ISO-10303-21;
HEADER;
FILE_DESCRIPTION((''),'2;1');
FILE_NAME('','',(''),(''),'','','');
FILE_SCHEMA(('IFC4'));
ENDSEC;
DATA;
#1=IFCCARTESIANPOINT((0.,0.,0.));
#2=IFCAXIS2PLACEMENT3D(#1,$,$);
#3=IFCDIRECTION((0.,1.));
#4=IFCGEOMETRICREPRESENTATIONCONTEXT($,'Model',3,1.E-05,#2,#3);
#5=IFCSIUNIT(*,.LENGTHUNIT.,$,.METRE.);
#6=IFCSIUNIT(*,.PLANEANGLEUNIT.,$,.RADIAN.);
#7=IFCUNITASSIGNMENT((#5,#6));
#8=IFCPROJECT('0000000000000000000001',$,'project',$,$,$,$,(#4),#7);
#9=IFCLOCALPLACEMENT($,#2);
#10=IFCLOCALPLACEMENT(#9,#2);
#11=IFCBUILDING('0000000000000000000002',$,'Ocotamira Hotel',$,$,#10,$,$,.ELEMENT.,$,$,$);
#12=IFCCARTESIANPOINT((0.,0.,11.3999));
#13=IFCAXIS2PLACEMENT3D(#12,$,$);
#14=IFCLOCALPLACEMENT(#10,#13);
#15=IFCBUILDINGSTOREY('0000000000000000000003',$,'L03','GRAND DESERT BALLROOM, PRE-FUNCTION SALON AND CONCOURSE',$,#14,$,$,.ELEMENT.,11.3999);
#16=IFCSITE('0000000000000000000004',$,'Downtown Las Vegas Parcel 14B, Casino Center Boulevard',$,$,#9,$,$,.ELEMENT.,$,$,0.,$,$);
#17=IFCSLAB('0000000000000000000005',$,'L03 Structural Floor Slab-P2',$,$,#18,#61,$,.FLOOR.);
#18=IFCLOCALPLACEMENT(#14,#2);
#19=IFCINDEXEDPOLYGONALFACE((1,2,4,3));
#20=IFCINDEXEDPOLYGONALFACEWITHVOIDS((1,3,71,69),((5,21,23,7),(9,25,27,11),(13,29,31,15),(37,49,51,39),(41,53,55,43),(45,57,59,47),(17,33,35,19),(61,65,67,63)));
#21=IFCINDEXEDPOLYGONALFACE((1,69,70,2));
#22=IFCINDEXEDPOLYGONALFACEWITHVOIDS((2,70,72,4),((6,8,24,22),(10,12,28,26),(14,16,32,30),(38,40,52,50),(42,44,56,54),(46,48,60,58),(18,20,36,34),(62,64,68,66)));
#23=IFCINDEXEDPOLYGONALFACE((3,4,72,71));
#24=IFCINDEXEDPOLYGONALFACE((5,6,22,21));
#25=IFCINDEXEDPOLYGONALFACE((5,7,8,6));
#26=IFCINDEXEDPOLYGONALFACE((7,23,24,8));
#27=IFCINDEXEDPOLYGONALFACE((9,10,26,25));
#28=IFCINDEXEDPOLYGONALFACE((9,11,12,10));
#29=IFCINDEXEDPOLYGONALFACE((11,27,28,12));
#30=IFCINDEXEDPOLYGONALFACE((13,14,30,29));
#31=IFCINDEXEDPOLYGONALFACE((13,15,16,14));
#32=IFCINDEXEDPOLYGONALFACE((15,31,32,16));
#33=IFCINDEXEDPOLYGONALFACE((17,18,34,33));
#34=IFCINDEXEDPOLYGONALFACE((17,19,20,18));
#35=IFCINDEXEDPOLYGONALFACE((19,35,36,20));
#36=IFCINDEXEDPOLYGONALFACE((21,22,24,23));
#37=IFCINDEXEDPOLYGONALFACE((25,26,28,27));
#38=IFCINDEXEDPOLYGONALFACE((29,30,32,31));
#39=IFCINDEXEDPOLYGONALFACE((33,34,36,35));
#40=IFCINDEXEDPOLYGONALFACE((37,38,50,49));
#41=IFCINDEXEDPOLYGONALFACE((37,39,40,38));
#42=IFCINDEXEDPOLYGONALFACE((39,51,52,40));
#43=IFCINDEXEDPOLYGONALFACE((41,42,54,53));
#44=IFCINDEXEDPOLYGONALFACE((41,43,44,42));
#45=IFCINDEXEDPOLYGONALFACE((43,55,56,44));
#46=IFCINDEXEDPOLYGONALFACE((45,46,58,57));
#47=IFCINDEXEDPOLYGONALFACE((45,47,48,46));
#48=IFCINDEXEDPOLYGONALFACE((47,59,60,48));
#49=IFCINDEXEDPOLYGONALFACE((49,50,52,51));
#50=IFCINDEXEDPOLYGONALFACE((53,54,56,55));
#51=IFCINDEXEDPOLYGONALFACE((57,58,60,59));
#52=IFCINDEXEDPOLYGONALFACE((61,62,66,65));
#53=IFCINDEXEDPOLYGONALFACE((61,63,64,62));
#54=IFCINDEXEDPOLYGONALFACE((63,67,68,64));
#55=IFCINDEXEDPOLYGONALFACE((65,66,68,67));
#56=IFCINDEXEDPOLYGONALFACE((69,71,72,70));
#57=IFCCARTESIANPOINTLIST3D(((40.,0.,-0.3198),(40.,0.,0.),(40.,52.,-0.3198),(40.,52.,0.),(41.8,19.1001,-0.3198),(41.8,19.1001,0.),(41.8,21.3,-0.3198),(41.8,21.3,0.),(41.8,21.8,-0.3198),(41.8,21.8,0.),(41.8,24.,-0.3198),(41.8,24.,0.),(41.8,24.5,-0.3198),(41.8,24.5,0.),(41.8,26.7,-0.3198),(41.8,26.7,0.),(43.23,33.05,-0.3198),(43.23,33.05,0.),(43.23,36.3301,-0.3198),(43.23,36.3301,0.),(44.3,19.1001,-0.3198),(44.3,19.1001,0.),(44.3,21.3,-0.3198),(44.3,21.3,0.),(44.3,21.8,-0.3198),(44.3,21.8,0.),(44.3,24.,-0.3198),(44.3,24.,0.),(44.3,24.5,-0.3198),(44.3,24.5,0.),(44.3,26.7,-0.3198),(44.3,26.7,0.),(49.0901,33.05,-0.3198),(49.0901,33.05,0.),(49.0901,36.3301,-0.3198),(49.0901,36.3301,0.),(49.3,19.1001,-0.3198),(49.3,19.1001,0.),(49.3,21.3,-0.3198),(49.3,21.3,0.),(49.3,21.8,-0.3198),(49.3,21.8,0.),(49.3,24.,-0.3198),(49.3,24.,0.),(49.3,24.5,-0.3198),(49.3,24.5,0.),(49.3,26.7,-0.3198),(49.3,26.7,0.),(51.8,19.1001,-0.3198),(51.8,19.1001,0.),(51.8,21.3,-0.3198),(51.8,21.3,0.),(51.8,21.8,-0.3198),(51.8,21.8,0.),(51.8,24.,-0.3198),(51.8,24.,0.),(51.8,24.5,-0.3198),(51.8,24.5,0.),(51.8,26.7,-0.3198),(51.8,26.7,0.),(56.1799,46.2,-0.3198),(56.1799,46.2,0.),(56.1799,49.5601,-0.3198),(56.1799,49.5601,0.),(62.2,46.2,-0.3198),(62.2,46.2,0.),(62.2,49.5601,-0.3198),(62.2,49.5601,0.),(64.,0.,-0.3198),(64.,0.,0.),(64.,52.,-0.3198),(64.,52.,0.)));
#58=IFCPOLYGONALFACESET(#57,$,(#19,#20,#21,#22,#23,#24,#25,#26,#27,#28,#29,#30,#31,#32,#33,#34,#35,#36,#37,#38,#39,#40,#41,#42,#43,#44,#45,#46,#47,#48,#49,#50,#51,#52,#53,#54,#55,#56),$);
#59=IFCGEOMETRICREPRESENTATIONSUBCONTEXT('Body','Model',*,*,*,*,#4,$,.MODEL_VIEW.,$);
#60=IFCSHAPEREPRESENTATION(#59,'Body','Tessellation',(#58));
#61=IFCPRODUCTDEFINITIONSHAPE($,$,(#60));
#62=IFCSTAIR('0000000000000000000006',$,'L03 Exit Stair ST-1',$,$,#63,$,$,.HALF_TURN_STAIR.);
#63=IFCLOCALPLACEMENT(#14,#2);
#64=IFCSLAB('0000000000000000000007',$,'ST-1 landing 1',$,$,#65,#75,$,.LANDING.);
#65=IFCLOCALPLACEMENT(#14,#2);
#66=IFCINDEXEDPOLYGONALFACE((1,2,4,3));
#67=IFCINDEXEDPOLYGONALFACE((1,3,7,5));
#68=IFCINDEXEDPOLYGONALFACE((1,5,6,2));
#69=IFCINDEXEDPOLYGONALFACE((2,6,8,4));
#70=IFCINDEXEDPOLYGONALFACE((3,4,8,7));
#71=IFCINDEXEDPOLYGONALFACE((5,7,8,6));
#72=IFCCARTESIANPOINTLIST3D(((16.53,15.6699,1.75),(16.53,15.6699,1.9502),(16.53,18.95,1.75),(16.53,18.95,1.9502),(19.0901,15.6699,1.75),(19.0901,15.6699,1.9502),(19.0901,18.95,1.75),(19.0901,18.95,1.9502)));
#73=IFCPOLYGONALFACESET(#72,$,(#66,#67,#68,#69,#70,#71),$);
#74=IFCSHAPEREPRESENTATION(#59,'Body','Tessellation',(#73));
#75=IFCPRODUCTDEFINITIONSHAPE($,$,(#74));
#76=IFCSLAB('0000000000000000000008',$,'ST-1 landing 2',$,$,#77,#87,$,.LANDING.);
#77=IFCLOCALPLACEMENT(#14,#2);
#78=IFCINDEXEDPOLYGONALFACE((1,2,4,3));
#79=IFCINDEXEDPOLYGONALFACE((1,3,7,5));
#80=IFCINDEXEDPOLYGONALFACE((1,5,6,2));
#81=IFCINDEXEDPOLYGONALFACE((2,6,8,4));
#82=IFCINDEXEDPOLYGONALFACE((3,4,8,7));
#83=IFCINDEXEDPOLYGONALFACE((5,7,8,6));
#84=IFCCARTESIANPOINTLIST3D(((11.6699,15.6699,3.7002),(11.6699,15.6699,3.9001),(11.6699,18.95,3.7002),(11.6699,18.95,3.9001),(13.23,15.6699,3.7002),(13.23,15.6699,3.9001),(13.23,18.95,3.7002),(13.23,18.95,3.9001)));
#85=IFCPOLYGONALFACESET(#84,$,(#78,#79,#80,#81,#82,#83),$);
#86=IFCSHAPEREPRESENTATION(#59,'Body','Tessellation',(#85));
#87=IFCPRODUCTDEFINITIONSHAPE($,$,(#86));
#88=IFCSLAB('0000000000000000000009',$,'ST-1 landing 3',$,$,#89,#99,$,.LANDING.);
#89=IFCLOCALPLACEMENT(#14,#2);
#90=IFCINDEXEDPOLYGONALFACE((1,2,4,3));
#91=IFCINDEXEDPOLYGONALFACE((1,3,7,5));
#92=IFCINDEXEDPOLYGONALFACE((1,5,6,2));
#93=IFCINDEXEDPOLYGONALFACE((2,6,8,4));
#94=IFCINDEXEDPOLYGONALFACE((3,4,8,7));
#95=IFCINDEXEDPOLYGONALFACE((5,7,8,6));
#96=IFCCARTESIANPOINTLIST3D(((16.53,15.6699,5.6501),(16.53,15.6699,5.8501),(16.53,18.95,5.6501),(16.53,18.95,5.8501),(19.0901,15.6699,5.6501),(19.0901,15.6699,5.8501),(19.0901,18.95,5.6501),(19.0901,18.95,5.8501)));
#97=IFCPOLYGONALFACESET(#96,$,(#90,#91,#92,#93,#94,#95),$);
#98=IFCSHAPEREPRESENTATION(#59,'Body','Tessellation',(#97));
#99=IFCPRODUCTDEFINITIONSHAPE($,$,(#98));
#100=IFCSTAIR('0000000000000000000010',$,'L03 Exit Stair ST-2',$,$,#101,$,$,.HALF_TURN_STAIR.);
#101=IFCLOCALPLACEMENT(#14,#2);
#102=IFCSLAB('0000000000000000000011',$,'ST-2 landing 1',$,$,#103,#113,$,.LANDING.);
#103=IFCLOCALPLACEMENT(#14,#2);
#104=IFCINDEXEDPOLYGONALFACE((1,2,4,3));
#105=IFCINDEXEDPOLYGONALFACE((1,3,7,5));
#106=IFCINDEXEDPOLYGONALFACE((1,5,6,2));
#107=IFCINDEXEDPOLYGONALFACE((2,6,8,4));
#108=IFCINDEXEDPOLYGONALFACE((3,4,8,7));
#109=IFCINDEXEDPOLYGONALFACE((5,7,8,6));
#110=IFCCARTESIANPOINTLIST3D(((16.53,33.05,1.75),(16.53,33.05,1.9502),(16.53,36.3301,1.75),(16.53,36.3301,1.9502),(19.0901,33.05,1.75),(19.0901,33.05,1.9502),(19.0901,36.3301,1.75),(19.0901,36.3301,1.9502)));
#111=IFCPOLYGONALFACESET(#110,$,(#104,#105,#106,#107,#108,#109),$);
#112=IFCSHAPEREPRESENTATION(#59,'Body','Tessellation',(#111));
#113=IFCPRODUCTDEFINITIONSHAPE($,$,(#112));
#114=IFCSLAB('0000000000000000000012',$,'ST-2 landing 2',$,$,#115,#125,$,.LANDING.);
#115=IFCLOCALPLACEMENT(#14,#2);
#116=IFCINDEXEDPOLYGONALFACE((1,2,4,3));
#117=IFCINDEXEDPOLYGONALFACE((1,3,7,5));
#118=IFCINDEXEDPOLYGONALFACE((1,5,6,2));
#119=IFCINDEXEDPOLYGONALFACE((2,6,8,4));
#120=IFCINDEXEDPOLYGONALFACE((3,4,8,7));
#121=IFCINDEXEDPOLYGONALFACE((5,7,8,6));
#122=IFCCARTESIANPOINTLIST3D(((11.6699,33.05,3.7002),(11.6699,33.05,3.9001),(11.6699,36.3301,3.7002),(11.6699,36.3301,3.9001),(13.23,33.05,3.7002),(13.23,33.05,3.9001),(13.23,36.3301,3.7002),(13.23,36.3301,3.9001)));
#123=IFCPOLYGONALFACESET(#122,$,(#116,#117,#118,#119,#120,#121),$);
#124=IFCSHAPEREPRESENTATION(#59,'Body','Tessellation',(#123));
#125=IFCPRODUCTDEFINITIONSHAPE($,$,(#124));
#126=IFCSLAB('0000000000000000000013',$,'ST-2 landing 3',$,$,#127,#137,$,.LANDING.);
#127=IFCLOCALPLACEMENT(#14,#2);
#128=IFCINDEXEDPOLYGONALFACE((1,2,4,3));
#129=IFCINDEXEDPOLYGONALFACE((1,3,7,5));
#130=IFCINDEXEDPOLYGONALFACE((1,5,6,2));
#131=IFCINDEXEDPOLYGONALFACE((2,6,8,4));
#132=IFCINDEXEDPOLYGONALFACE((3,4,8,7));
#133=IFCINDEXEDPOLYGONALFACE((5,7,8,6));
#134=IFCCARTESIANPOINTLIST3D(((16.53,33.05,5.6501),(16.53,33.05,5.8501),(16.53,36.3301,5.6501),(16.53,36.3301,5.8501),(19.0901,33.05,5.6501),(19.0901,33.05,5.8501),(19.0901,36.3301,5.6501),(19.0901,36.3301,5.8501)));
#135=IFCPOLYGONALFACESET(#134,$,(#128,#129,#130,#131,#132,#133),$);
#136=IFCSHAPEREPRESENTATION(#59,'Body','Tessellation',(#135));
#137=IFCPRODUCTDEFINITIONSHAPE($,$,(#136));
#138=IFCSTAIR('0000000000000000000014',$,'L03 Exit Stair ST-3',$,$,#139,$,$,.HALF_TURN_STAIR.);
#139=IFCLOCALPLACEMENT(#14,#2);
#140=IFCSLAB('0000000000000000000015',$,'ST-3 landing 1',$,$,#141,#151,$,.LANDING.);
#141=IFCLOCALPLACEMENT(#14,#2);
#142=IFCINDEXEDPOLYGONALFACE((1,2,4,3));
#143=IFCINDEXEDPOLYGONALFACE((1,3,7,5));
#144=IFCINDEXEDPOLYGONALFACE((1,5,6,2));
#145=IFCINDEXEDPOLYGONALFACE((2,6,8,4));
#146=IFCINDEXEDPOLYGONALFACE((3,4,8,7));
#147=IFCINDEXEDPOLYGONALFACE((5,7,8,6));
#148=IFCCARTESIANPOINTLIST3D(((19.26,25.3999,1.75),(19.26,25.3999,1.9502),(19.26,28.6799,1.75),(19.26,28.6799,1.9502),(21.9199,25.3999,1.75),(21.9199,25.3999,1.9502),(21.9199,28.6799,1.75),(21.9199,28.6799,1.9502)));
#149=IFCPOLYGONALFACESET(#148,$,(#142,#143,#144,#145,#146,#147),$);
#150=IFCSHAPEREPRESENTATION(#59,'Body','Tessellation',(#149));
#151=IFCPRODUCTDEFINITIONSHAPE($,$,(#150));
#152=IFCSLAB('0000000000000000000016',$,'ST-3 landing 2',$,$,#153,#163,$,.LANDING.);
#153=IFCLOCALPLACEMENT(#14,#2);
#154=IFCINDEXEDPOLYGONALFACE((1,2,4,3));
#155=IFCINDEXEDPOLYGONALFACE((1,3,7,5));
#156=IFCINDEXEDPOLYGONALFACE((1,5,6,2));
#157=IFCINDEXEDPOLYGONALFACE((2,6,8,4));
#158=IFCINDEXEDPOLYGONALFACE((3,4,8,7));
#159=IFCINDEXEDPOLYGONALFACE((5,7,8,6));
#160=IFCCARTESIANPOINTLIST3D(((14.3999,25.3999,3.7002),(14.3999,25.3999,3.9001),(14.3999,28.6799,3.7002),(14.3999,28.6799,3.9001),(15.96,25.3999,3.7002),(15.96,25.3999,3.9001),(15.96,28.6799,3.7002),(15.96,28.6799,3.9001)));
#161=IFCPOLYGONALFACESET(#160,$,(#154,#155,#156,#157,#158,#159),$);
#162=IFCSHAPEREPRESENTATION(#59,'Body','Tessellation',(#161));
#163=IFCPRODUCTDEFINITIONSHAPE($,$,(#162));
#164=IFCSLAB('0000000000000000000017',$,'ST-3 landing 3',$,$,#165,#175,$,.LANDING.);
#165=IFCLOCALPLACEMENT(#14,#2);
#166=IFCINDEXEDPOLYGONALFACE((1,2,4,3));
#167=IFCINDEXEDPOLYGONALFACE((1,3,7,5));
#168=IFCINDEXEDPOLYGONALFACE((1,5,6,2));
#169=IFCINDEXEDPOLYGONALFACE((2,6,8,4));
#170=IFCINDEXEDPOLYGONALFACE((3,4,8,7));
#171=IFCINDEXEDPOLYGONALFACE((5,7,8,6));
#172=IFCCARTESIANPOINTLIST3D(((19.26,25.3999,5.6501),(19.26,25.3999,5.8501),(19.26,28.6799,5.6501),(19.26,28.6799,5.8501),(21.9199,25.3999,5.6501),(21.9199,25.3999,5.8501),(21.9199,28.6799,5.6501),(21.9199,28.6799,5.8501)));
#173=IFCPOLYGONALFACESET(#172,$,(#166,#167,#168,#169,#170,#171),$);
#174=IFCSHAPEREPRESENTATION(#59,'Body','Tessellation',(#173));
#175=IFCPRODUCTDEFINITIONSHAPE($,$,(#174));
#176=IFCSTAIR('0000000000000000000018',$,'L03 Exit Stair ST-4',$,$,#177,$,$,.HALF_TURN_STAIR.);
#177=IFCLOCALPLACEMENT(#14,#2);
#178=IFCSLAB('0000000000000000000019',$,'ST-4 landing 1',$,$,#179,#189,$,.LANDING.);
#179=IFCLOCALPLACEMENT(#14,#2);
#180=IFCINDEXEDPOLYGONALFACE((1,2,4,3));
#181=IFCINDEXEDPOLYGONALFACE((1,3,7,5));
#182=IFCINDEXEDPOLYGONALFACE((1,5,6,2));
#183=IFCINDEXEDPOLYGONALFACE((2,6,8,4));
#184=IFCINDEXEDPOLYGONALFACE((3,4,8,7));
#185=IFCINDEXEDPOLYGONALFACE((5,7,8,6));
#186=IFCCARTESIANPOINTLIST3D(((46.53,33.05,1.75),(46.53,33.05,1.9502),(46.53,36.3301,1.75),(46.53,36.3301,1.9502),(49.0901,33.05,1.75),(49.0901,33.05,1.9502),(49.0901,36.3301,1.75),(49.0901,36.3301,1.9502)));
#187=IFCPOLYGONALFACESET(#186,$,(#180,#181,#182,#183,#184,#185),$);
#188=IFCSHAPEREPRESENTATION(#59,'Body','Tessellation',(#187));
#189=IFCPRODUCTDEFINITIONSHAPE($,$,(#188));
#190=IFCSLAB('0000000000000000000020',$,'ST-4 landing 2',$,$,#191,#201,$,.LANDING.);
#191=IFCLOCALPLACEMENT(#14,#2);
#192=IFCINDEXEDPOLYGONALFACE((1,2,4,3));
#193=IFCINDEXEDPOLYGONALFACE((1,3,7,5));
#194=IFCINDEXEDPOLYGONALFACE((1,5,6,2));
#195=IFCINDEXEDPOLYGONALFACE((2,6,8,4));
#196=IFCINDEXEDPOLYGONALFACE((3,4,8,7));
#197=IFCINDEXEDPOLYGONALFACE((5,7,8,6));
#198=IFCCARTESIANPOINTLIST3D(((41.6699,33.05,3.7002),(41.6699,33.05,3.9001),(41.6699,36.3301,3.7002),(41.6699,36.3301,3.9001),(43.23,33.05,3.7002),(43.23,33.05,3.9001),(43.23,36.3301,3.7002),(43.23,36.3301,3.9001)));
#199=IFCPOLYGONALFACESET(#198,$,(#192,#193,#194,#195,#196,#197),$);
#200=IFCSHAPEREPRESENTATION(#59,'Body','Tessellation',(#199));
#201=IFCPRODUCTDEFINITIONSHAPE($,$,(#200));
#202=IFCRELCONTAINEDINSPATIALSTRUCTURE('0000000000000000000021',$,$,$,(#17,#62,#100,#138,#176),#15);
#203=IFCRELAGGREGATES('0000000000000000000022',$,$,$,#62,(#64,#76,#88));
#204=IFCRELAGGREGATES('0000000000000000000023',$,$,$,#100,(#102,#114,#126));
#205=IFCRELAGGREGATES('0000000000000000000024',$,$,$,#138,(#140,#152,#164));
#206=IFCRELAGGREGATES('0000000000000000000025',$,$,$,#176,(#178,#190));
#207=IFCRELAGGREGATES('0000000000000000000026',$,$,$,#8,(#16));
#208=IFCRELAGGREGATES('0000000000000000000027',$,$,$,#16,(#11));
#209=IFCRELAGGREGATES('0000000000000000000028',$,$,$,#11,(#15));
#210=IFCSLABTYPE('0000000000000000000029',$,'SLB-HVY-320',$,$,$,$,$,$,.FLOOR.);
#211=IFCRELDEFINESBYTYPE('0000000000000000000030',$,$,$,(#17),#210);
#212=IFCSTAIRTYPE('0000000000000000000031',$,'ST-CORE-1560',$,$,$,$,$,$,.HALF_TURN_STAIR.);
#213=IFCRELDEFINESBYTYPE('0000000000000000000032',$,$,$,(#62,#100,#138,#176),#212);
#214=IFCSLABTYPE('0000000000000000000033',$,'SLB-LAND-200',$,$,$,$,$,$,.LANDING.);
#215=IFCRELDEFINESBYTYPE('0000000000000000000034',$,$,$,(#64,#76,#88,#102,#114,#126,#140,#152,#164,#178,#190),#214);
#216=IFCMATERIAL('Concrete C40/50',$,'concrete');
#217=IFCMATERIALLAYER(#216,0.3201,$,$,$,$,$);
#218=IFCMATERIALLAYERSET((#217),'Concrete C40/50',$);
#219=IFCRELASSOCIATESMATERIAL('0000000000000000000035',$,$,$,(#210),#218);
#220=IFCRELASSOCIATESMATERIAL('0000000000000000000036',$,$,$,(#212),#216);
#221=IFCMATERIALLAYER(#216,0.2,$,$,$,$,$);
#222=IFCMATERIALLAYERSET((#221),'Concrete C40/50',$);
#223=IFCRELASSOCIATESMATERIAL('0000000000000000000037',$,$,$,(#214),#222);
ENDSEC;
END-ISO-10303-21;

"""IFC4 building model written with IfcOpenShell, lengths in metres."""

from ifc_helpers import new_model, si_unit, direction, frame, origin, place, context, subcontext, project, spatial, polyline, outline, extrude, material, layer, layer_set, type_object, element, aggregate, save


model = new_model("IFC4")

# Units and contexts
model_context = context("Model", 3, precision=1e-05, world=origin(), true_north=direction((0.0, 1.0)))
body_context = subcontext(model_context, "Body", "Model", "MODEL_VIEW")
ifc_project = project(units=[si_unit("LENGTHUNIT", "METRE"), si_unit("PLANEANGLEUNIT", "RADIAN")], contexts=[model_context])

# Site, building, storey
site_placement = place(None, origin())
site = spatial("IfcSite", under=ifc_project, at=site_placement, Name="Downtown Las Vegas Parcel 14B, Casino Center Boulevard", CompositionType="ELEMENT", RefElevation=0.0)
building_placement = place(site_placement, origin())
building = spatial("IfcBuilding", under=site, at=building_placement, Name="Ocotamira Hotel", CompositionType="ELEMENT")
storey_placement = place(building_placement, frame((0.0, 0.0, 11.3999)))
storey = spatial("IfcBuildingStorey", under=building, at=storey_placement, Name="L03", Description="GRAND DESERT BALLROOM, PRE-FUNCTION SALON AND CONCOURSE", CompositionType="ELEMENT", Elevation=11.3999)

# Slab
ifc_material_1 = material(Name="Concrete C40/50", Category="concrete")
ifc_layer_1 = layer(ifc_material_1, 0.3201)
ifc_layer_set_1 = layer_set([ifc_layer_1], Name="Concrete C40/50")
slab_type_1 = type_object("IfcSlabType", Name="SLB-HVY-320", PredefinedType="FLOOR", material=ifc_layer_set_1)
slab_1_placement = place(storey_placement, frame((0.0, 0.0, -0.3198)))
element("IfcSlab", 1, at=slab_1_placement, inside=storey, type_object=slab_type_1, Name="L03 Structural Floor Slab-P2", PredefinedType="FLOOR", context=body_context, shape_type="SweptSolid", body=[
    extrude(outline(polyline([(40.0, 0.0), (64.0, 0.0), (64.0, 52.0), (40.0, 52.0), (40.0, 0.0)]), holes=[polyline([(43.23, 33.05), (49.0901, 33.05), (49.0901, 36.3301), (43.23, 36.3301), (43.23, 33.05)]), polyline([(56.1799, 46.2), (62.2, 46.2), (62.2, 49.5601), (56.1799, 49.5601), (56.1799, 46.2)]), polyline([(49.3, 19.1001), (51.8, 19.1001), (51.8, 21.3), (49.3, 21.3), (49.3, 19.1001)]), polyline([(49.3, 21.8), (51.8, 21.8), (51.8, 24.0), (49.3, 24.0), (49.3, 21.8)]), polyline([(49.3, 24.5), (51.8, 24.5), (51.8, 26.7), (49.3, 26.7), (49.3, 24.5)]), polyline([(41.8, 19.1001), (44.3, 19.1001), (44.3, 21.3), (41.8, 21.3), (41.8, 19.1001)]), polyline([(41.8, 21.8), (44.3, 21.8), (44.3, 24.0), (41.8, 24.0), (41.8, 21.8)]), polyline([(41.8, 24.5), (44.3, 24.5), (44.3, 26.7), (41.8, 26.7), (41.8, 24.5)])]), origin(), (0.0, 0.0, 1.0), 0.3198),
])

# Stairs, slabs
stair_type_1 = type_object("IfcStairType", Name="ST-CORE-1560", PredefinedType="HALF_TURN_STAIR", material=ifc_material_1)
stair_1_placement = place(storey_placement, origin())
stair_1 = element("IfcStair", 2, at=stair_1_placement, inside=storey, type_object=stair_type_1, Name="L03 Exit Stair ST-1", PredefinedType="HALF_TURN_STAIR")
ifc_layer_2 = layer(ifc_material_1, 0.2)
ifc_layer_set_2 = layer_set([ifc_layer_2], Name="Concrete C40/50")
slab_type_2 = type_object("IfcSlabType", Name="SLB-LAND-200", PredefinedType="LANDING", material=ifc_layer_set_2)
slab_2_placement = place(storey_placement, frame((0.0, 0.0, 1.75)))
slab_2 = element("IfcSlab", 3, at=slab_2_placement, type_object=slab_type_2, Name="ST-1 landing 1", PredefinedType="LANDING", context=body_context, shape_type="SweptSolid", body=[
    extrude(outline(polyline([(16.53, 15.6699), (19.0901, 15.6699), (19.0901, 18.95), (16.53, 18.95), (16.53, 15.6699)])), origin(), (0.0, 0.0, 1.0), 0.2002),
])
slab_3_placement = place(storey_placement, frame((0.0, 0.0, 3.7002)))
slab_3 = element("IfcSlab", 4, at=slab_3_placement, type_object=slab_type_2, Name="ST-1 landing 2", PredefinedType="LANDING", context=body_context, shape_type="SweptSolid", body=[
    extrude(outline(polyline([(11.6699, 15.6699), (13.23, 15.6699), (13.23, 18.95), (11.6699, 18.95), (11.6699, 15.6699)])), origin(), (0.0, 0.0, 1.0), 0.2),
])
slab_4_placement = place(storey_placement, frame((0.0, 0.0, 5.6501)))
slab_4 = element("IfcSlab", 5, at=slab_4_placement, type_object=slab_type_2, Name="ST-1 landing 3", PredefinedType="LANDING", context=body_context, shape_type="SweptSolid", body=[
    extrude(outline(polyline([(16.53, 15.6699), (19.0901, 15.6699), (19.0901, 18.95), (16.53, 18.95), (16.53, 15.6699)])), origin(), (0.0, 0.0, 1.0), 0.2),
])
aggregate(stair_1, [slab_2, slab_3, slab_4])
stair_2_placement = place(storey_placement, origin())
stair_2 = element("IfcStair", 6, at=stair_2_placement, inside=storey, type_object=stair_type_1, Name="L03 Exit Stair ST-2", PredefinedType="HALF_TURN_STAIR")
slab_5_placement = place(storey_placement, frame((0.0, 0.0, 1.75)))
slab_5 = element("IfcSlab", 7, at=slab_5_placement, type_object=slab_type_2, Name="ST-2 landing 1", PredefinedType="LANDING", context=body_context, shape_type="SweptSolid", body=[
    extrude(outline(polyline([(16.53, 33.05), (19.0901, 33.05), (19.0901, 36.3301), (16.53, 36.3301), (16.53, 33.05)])), origin(), (0.0, 0.0, 1.0), 0.2002),
])
slab_6_placement = place(storey_placement, frame((0.0, 0.0, 3.7002)))
slab_6 = element("IfcSlab", 8, at=slab_6_placement, type_object=slab_type_2, Name="ST-2 landing 2", PredefinedType="LANDING", context=body_context, shape_type="SweptSolid", body=[
    extrude(outline(polyline([(11.6699, 33.05), (13.23, 33.05), (13.23, 36.3301), (11.6699, 36.3301), (11.6699, 33.05)])), origin(), (0.0, 0.0, 1.0), 0.2),
])
slab_7_placement = place(storey_placement, frame((0.0, 0.0, 5.6501)))
slab_7 = element("IfcSlab", 9, at=slab_7_placement, type_object=slab_type_2, Name="ST-2 landing 3", PredefinedType="LANDING", context=body_context, shape_type="SweptSolid", body=[
    extrude(outline(polyline([(16.53, 33.05), (19.0901, 33.05), (19.0901, 36.3301), (16.53, 36.3301), (16.53, 33.05)])), origin(), (0.0, 0.0, 1.0), 0.2),
])
aggregate(stair_2, [slab_5, slab_6, slab_7])
stair_3_placement = place(storey_placement, origin())
stair_3 = element("IfcStair", 10, at=stair_3_placement, inside=storey, type_object=stair_type_1, Name="L03 Exit Stair ST-3", PredefinedType="HALF_TURN_STAIR")
slab_8_placement = place(storey_placement, frame((0.0, 0.0, 1.75)))
slab_8 = element("IfcSlab", 11, at=slab_8_placement, type_object=slab_type_2, Name="ST-3 landing 1", PredefinedType="LANDING", context=body_context, shape_type="SweptSolid", body=[
    extrude(outline(polyline([(19.26, 25.3999), (21.9199, 25.3999), (21.9199, 28.6799), (19.26, 28.6799), (19.26, 25.3999)])), origin(), (0.0, 0.0, 1.0), 0.2002),
])
slab_9_placement = place(storey_placement, frame((0.0, 0.0, 3.7002)))
slab_9 = element("IfcSlab", 12, at=slab_9_placement, type_object=slab_type_2, Name="ST-3 landing 2", PredefinedType="LANDING", context=body_context, shape_type="SweptSolid", body=[
    extrude(outline(polyline([(14.3999, 25.3999), (15.96, 25.3999), (15.96, 28.6799), (14.3999, 28.6799), (14.3999, 25.3999)])), origin(), (0.0, 0.0, 1.0), 0.2),
])
slab_10_placement = place(storey_placement, frame((0.0, 0.0, 5.6501)))
slab_10 = element("IfcSlab", 13, at=slab_10_placement, type_object=slab_type_2, Name="ST-3 landing 3", PredefinedType="LANDING", context=body_context, shape_type="SweptSolid", body=[
    extrude(outline(polyline([(19.26, 25.3999), (21.9199, 25.3999), (21.9199, 28.6799), (19.26, 28.6799), (19.26, 25.3999)])), origin(), (0.0, 0.0, 1.0), 0.2),
])
aggregate(stair_3, [slab_8, slab_9, slab_10])
stair_4_placement = place(storey_placement, origin())
stair_4 = element("IfcStair", 14, at=stair_4_placement, inside=storey, type_object=stair_type_1, Name="L03 Exit Stair ST-4", PredefinedType="HALF_TURN_STAIR")
slab_11_placement = place(storey_placement, frame((0.0, 0.0, 1.75)))
slab_11 = element("IfcSlab", 15, at=slab_11_placement, type_object=slab_type_2, Name="ST-4 landing 1", PredefinedType="LANDING", context=body_context, shape_type="SweptSolid", body=[
    extrude(outline(polyline([(46.53, 33.05), (49.0901, 33.05), (49.0901, 36.3301), (46.53, 36.3301), (46.53, 33.05)])), origin(), (0.0, 0.0, 1.0), 0.2002),
])
slab_12_placement = place(storey_placement, frame((0.0, 0.0, 3.7002)))
slab_12 = element("IfcSlab", 16, at=slab_12_placement, type_object=slab_type_2, Name="ST-4 landing 2", PredefinedType="LANDING", context=body_context, shape_type="SweptSolid", body=[
    extrude(outline(polyline([(41.6699, 33.05), (43.23, 33.05), (43.23, 36.3301), (41.6699, 36.3301), (41.6699, 33.05)])), origin(), (0.0, 0.0, 1.0), 0.2),
])
aggregate(stair_4, [slab_11, slab_12])

save(model, "model.ifc")
